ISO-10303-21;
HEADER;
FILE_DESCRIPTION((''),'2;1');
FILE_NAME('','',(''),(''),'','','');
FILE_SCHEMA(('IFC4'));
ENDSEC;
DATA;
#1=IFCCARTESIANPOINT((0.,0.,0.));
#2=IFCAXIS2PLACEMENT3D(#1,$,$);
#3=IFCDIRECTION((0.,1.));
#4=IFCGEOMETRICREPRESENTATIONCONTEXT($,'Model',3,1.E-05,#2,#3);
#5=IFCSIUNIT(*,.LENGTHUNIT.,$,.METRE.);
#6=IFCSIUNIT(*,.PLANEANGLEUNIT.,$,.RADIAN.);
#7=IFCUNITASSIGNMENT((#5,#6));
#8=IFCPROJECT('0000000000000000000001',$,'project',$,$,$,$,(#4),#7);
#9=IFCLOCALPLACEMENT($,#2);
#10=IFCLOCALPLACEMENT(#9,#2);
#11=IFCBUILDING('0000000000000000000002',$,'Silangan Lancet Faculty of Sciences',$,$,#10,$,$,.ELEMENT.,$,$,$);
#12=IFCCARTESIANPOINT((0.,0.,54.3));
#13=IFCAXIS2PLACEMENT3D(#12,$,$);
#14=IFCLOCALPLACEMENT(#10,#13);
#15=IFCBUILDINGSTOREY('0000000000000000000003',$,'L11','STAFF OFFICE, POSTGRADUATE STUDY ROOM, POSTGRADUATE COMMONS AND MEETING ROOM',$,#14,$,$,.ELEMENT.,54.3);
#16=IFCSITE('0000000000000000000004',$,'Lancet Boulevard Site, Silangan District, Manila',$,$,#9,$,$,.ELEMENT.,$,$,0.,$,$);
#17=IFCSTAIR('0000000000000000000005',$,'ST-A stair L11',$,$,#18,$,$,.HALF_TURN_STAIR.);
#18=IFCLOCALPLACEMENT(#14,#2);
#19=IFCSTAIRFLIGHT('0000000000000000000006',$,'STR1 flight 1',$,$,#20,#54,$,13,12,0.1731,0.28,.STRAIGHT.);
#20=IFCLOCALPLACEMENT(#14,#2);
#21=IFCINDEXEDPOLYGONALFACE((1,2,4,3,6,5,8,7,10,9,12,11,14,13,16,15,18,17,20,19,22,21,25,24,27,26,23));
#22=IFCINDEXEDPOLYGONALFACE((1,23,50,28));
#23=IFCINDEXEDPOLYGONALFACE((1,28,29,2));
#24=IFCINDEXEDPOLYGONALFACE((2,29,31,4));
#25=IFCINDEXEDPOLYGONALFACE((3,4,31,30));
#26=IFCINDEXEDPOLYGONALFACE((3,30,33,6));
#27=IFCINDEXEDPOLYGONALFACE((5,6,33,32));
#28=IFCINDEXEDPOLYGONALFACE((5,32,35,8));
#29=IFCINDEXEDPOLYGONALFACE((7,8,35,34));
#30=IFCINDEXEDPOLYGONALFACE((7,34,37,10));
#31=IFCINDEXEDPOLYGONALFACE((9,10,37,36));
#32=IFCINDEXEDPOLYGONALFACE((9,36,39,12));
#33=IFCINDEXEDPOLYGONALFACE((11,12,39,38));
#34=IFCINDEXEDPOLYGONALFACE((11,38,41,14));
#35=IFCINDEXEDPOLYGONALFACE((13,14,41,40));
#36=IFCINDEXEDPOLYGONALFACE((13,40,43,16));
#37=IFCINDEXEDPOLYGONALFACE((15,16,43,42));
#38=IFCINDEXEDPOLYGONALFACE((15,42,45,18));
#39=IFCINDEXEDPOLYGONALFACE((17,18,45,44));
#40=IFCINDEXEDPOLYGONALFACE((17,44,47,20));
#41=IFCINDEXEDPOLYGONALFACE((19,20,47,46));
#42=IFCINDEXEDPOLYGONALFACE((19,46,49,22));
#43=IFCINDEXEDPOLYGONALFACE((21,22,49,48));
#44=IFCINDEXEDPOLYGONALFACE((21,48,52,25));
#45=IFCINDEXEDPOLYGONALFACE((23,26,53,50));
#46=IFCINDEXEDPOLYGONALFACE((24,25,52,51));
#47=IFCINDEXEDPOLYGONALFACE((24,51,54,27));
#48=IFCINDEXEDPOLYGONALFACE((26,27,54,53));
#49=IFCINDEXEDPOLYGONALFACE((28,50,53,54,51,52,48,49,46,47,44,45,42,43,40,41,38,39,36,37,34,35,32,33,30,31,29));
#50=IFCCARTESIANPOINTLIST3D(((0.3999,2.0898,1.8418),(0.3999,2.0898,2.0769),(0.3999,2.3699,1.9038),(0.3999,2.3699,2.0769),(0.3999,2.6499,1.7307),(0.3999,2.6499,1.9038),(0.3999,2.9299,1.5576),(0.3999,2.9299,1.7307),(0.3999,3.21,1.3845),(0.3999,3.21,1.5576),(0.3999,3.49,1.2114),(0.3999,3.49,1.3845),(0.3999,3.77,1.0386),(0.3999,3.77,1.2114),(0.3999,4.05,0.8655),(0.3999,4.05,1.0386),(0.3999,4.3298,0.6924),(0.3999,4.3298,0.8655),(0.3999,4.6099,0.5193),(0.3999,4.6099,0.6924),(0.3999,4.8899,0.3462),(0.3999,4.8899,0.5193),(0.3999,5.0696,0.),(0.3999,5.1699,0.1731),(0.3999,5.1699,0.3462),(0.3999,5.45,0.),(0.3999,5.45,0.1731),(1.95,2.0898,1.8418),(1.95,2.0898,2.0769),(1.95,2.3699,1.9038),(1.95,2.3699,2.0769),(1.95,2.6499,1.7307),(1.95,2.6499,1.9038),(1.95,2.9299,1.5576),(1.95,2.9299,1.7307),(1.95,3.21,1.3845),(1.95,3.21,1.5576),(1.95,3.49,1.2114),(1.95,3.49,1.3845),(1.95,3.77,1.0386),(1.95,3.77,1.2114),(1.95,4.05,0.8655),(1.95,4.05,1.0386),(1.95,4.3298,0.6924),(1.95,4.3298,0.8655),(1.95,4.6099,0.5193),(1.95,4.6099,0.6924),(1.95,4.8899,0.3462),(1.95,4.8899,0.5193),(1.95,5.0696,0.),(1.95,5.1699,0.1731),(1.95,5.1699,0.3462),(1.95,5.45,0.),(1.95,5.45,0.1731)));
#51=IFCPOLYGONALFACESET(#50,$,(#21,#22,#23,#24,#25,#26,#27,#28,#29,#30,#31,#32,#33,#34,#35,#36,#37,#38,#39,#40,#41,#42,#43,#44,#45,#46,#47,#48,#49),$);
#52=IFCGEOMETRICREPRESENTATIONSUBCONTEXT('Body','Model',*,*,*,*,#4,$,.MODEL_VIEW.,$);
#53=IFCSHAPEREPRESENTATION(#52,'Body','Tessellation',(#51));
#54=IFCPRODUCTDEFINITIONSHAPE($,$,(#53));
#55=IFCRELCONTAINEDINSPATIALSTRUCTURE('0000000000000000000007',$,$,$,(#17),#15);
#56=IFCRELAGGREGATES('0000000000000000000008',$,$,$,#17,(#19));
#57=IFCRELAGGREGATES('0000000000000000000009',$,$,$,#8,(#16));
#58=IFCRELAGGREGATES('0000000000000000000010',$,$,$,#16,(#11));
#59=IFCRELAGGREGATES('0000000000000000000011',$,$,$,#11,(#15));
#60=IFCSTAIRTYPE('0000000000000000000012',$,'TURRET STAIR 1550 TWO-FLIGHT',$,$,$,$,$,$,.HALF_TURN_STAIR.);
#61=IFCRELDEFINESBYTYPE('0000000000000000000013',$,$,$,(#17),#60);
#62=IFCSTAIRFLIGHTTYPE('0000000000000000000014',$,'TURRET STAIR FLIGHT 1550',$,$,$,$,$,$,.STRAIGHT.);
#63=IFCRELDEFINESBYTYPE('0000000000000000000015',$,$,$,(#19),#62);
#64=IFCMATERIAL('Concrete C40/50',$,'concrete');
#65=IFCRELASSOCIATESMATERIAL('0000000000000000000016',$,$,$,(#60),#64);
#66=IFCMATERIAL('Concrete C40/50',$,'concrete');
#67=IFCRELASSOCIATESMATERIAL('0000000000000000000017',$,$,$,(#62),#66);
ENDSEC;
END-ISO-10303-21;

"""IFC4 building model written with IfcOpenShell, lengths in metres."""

from ifc_helpers import new_model, si_unit, direction, frame, origin, place, context, subcontext, project, spatial, polyline, outline, extrude, material, type_object, element, aggregate, save


model = new_model("IFC4")

# Units and contexts
model_context = context("Model", 3, precision=1e-05, world=origin(), true_north=direction((0.0, 1.0)))
body_context = subcontext(model_context, "Body", "Model", "MODEL_VIEW")
ifc_project = project(units=[si_unit("LENGTHUNIT", "METRE"), si_unit("PLANEANGLEUNIT", "RADIAN")], contexts=[model_context])

# Site, building, storey
site_placement = place(None, origin())
site = spatial("IfcSite", under=ifc_project, at=site_placement, Name="Lancet Boulevard Site, Silangan District, Manila", CompositionType="ELEMENT", RefElevation=0.0)
building_placement = place(site_placement, origin())
building = spatial("IfcBuilding", under=site, at=building_placement, Name="Silangan Lancet Faculty of Sciences", CompositionType="ELEMENT")
storey_placement = place(building_placement, frame((0.0, 0.0, 54.3)))
storey = spatial("IfcBuildingStorey", under=building, at=storey_placement, Name="L11", Description="STAFF OFFICE, POSTGRADUATE STUDY ROOM, POSTGRADUATE COMMONS AND MEETING ROOM", CompositionType="ELEMENT", Elevation=54.3)

# Stair, stair flight
ifc_material_1 = material(Name="Concrete C40/50", Category="concrete")
stair_type = type_object("IfcStairType", Name="TURRET STAIR 1550 TWO-FLIGHT", PredefinedType="HALF_TURN_STAIR", material=ifc_material_1)
stair_placement = place(storey_placement, origin())
stair = element("IfcStair", 1, at=stair_placement, inside=storey, type_object=stair_type, Name="ST-A stair L11", PredefinedType="HALF_TURN_STAIR")
ifc_material_2 = material(Name="Concrete C40/50", Category="concrete")
stair_flight_type = type_object("IfcStairFlightType", Name="TURRET STAIR FLIGHT 1550", PredefinedType="STRAIGHT", material=ifc_material_2)
stair_flight_placement = place(storey_placement, frame((1.175, 5.45, 0.0), z_axis=(0.0, 0.0, 1.0), x_axis=(0.0, -1.0, 0.0)))
stair_flight = element("IfcStairFlight", 2, at=stair_flight_placement, type_object=stair_flight_type, Name="STR1 flight 1", NumberOfRisers=13, NumberOfTreads=12, PredefinedType="STRAIGHT", RiserHeight=0.1731, TreadLength=0.28, context=body_context, shape_type="SweptSolid", body=[
    extrude(outline(polyline([(0.0, 0.0), (0.0, 0.1731), (0.28, 0.1731), (0.28, 0.3462), (0.5601, 0.3462), (0.5601, 0.5193), (0.8401, 0.5193), (0.8401, 0.6924), (1.1201, 0.6924), (1.1201, 0.8655), (1.3999, 0.8655), (1.3999, 1.0386), (1.6799, 1.0386), (1.6799, 1.2114), (1.96, 1.2114), (1.96, 1.3845), (2.24, 1.3845), (2.24, 1.5576), (2.52, 1.5576), (2.52, 1.7307), (2.8, 1.7307), (2.8, 1.9038), (3.0801, 1.9038), (3.0801, 2.0769), (3.3601, 2.0769), (3.3601, 2.25), (3.3601, 1.8418), (0.3804, 0.0), (0.0, 0.0)])), frame((0.0, 0.7749, 0.0), z_axis=(0.0, -1.0, 0.0), x_axis=(1.0, 0.0, 0.0)), (0.0, 0.0, 1.0), 1.55),
])
aggregate(stair, [stair_flight])

save(model, "model.ifc")
